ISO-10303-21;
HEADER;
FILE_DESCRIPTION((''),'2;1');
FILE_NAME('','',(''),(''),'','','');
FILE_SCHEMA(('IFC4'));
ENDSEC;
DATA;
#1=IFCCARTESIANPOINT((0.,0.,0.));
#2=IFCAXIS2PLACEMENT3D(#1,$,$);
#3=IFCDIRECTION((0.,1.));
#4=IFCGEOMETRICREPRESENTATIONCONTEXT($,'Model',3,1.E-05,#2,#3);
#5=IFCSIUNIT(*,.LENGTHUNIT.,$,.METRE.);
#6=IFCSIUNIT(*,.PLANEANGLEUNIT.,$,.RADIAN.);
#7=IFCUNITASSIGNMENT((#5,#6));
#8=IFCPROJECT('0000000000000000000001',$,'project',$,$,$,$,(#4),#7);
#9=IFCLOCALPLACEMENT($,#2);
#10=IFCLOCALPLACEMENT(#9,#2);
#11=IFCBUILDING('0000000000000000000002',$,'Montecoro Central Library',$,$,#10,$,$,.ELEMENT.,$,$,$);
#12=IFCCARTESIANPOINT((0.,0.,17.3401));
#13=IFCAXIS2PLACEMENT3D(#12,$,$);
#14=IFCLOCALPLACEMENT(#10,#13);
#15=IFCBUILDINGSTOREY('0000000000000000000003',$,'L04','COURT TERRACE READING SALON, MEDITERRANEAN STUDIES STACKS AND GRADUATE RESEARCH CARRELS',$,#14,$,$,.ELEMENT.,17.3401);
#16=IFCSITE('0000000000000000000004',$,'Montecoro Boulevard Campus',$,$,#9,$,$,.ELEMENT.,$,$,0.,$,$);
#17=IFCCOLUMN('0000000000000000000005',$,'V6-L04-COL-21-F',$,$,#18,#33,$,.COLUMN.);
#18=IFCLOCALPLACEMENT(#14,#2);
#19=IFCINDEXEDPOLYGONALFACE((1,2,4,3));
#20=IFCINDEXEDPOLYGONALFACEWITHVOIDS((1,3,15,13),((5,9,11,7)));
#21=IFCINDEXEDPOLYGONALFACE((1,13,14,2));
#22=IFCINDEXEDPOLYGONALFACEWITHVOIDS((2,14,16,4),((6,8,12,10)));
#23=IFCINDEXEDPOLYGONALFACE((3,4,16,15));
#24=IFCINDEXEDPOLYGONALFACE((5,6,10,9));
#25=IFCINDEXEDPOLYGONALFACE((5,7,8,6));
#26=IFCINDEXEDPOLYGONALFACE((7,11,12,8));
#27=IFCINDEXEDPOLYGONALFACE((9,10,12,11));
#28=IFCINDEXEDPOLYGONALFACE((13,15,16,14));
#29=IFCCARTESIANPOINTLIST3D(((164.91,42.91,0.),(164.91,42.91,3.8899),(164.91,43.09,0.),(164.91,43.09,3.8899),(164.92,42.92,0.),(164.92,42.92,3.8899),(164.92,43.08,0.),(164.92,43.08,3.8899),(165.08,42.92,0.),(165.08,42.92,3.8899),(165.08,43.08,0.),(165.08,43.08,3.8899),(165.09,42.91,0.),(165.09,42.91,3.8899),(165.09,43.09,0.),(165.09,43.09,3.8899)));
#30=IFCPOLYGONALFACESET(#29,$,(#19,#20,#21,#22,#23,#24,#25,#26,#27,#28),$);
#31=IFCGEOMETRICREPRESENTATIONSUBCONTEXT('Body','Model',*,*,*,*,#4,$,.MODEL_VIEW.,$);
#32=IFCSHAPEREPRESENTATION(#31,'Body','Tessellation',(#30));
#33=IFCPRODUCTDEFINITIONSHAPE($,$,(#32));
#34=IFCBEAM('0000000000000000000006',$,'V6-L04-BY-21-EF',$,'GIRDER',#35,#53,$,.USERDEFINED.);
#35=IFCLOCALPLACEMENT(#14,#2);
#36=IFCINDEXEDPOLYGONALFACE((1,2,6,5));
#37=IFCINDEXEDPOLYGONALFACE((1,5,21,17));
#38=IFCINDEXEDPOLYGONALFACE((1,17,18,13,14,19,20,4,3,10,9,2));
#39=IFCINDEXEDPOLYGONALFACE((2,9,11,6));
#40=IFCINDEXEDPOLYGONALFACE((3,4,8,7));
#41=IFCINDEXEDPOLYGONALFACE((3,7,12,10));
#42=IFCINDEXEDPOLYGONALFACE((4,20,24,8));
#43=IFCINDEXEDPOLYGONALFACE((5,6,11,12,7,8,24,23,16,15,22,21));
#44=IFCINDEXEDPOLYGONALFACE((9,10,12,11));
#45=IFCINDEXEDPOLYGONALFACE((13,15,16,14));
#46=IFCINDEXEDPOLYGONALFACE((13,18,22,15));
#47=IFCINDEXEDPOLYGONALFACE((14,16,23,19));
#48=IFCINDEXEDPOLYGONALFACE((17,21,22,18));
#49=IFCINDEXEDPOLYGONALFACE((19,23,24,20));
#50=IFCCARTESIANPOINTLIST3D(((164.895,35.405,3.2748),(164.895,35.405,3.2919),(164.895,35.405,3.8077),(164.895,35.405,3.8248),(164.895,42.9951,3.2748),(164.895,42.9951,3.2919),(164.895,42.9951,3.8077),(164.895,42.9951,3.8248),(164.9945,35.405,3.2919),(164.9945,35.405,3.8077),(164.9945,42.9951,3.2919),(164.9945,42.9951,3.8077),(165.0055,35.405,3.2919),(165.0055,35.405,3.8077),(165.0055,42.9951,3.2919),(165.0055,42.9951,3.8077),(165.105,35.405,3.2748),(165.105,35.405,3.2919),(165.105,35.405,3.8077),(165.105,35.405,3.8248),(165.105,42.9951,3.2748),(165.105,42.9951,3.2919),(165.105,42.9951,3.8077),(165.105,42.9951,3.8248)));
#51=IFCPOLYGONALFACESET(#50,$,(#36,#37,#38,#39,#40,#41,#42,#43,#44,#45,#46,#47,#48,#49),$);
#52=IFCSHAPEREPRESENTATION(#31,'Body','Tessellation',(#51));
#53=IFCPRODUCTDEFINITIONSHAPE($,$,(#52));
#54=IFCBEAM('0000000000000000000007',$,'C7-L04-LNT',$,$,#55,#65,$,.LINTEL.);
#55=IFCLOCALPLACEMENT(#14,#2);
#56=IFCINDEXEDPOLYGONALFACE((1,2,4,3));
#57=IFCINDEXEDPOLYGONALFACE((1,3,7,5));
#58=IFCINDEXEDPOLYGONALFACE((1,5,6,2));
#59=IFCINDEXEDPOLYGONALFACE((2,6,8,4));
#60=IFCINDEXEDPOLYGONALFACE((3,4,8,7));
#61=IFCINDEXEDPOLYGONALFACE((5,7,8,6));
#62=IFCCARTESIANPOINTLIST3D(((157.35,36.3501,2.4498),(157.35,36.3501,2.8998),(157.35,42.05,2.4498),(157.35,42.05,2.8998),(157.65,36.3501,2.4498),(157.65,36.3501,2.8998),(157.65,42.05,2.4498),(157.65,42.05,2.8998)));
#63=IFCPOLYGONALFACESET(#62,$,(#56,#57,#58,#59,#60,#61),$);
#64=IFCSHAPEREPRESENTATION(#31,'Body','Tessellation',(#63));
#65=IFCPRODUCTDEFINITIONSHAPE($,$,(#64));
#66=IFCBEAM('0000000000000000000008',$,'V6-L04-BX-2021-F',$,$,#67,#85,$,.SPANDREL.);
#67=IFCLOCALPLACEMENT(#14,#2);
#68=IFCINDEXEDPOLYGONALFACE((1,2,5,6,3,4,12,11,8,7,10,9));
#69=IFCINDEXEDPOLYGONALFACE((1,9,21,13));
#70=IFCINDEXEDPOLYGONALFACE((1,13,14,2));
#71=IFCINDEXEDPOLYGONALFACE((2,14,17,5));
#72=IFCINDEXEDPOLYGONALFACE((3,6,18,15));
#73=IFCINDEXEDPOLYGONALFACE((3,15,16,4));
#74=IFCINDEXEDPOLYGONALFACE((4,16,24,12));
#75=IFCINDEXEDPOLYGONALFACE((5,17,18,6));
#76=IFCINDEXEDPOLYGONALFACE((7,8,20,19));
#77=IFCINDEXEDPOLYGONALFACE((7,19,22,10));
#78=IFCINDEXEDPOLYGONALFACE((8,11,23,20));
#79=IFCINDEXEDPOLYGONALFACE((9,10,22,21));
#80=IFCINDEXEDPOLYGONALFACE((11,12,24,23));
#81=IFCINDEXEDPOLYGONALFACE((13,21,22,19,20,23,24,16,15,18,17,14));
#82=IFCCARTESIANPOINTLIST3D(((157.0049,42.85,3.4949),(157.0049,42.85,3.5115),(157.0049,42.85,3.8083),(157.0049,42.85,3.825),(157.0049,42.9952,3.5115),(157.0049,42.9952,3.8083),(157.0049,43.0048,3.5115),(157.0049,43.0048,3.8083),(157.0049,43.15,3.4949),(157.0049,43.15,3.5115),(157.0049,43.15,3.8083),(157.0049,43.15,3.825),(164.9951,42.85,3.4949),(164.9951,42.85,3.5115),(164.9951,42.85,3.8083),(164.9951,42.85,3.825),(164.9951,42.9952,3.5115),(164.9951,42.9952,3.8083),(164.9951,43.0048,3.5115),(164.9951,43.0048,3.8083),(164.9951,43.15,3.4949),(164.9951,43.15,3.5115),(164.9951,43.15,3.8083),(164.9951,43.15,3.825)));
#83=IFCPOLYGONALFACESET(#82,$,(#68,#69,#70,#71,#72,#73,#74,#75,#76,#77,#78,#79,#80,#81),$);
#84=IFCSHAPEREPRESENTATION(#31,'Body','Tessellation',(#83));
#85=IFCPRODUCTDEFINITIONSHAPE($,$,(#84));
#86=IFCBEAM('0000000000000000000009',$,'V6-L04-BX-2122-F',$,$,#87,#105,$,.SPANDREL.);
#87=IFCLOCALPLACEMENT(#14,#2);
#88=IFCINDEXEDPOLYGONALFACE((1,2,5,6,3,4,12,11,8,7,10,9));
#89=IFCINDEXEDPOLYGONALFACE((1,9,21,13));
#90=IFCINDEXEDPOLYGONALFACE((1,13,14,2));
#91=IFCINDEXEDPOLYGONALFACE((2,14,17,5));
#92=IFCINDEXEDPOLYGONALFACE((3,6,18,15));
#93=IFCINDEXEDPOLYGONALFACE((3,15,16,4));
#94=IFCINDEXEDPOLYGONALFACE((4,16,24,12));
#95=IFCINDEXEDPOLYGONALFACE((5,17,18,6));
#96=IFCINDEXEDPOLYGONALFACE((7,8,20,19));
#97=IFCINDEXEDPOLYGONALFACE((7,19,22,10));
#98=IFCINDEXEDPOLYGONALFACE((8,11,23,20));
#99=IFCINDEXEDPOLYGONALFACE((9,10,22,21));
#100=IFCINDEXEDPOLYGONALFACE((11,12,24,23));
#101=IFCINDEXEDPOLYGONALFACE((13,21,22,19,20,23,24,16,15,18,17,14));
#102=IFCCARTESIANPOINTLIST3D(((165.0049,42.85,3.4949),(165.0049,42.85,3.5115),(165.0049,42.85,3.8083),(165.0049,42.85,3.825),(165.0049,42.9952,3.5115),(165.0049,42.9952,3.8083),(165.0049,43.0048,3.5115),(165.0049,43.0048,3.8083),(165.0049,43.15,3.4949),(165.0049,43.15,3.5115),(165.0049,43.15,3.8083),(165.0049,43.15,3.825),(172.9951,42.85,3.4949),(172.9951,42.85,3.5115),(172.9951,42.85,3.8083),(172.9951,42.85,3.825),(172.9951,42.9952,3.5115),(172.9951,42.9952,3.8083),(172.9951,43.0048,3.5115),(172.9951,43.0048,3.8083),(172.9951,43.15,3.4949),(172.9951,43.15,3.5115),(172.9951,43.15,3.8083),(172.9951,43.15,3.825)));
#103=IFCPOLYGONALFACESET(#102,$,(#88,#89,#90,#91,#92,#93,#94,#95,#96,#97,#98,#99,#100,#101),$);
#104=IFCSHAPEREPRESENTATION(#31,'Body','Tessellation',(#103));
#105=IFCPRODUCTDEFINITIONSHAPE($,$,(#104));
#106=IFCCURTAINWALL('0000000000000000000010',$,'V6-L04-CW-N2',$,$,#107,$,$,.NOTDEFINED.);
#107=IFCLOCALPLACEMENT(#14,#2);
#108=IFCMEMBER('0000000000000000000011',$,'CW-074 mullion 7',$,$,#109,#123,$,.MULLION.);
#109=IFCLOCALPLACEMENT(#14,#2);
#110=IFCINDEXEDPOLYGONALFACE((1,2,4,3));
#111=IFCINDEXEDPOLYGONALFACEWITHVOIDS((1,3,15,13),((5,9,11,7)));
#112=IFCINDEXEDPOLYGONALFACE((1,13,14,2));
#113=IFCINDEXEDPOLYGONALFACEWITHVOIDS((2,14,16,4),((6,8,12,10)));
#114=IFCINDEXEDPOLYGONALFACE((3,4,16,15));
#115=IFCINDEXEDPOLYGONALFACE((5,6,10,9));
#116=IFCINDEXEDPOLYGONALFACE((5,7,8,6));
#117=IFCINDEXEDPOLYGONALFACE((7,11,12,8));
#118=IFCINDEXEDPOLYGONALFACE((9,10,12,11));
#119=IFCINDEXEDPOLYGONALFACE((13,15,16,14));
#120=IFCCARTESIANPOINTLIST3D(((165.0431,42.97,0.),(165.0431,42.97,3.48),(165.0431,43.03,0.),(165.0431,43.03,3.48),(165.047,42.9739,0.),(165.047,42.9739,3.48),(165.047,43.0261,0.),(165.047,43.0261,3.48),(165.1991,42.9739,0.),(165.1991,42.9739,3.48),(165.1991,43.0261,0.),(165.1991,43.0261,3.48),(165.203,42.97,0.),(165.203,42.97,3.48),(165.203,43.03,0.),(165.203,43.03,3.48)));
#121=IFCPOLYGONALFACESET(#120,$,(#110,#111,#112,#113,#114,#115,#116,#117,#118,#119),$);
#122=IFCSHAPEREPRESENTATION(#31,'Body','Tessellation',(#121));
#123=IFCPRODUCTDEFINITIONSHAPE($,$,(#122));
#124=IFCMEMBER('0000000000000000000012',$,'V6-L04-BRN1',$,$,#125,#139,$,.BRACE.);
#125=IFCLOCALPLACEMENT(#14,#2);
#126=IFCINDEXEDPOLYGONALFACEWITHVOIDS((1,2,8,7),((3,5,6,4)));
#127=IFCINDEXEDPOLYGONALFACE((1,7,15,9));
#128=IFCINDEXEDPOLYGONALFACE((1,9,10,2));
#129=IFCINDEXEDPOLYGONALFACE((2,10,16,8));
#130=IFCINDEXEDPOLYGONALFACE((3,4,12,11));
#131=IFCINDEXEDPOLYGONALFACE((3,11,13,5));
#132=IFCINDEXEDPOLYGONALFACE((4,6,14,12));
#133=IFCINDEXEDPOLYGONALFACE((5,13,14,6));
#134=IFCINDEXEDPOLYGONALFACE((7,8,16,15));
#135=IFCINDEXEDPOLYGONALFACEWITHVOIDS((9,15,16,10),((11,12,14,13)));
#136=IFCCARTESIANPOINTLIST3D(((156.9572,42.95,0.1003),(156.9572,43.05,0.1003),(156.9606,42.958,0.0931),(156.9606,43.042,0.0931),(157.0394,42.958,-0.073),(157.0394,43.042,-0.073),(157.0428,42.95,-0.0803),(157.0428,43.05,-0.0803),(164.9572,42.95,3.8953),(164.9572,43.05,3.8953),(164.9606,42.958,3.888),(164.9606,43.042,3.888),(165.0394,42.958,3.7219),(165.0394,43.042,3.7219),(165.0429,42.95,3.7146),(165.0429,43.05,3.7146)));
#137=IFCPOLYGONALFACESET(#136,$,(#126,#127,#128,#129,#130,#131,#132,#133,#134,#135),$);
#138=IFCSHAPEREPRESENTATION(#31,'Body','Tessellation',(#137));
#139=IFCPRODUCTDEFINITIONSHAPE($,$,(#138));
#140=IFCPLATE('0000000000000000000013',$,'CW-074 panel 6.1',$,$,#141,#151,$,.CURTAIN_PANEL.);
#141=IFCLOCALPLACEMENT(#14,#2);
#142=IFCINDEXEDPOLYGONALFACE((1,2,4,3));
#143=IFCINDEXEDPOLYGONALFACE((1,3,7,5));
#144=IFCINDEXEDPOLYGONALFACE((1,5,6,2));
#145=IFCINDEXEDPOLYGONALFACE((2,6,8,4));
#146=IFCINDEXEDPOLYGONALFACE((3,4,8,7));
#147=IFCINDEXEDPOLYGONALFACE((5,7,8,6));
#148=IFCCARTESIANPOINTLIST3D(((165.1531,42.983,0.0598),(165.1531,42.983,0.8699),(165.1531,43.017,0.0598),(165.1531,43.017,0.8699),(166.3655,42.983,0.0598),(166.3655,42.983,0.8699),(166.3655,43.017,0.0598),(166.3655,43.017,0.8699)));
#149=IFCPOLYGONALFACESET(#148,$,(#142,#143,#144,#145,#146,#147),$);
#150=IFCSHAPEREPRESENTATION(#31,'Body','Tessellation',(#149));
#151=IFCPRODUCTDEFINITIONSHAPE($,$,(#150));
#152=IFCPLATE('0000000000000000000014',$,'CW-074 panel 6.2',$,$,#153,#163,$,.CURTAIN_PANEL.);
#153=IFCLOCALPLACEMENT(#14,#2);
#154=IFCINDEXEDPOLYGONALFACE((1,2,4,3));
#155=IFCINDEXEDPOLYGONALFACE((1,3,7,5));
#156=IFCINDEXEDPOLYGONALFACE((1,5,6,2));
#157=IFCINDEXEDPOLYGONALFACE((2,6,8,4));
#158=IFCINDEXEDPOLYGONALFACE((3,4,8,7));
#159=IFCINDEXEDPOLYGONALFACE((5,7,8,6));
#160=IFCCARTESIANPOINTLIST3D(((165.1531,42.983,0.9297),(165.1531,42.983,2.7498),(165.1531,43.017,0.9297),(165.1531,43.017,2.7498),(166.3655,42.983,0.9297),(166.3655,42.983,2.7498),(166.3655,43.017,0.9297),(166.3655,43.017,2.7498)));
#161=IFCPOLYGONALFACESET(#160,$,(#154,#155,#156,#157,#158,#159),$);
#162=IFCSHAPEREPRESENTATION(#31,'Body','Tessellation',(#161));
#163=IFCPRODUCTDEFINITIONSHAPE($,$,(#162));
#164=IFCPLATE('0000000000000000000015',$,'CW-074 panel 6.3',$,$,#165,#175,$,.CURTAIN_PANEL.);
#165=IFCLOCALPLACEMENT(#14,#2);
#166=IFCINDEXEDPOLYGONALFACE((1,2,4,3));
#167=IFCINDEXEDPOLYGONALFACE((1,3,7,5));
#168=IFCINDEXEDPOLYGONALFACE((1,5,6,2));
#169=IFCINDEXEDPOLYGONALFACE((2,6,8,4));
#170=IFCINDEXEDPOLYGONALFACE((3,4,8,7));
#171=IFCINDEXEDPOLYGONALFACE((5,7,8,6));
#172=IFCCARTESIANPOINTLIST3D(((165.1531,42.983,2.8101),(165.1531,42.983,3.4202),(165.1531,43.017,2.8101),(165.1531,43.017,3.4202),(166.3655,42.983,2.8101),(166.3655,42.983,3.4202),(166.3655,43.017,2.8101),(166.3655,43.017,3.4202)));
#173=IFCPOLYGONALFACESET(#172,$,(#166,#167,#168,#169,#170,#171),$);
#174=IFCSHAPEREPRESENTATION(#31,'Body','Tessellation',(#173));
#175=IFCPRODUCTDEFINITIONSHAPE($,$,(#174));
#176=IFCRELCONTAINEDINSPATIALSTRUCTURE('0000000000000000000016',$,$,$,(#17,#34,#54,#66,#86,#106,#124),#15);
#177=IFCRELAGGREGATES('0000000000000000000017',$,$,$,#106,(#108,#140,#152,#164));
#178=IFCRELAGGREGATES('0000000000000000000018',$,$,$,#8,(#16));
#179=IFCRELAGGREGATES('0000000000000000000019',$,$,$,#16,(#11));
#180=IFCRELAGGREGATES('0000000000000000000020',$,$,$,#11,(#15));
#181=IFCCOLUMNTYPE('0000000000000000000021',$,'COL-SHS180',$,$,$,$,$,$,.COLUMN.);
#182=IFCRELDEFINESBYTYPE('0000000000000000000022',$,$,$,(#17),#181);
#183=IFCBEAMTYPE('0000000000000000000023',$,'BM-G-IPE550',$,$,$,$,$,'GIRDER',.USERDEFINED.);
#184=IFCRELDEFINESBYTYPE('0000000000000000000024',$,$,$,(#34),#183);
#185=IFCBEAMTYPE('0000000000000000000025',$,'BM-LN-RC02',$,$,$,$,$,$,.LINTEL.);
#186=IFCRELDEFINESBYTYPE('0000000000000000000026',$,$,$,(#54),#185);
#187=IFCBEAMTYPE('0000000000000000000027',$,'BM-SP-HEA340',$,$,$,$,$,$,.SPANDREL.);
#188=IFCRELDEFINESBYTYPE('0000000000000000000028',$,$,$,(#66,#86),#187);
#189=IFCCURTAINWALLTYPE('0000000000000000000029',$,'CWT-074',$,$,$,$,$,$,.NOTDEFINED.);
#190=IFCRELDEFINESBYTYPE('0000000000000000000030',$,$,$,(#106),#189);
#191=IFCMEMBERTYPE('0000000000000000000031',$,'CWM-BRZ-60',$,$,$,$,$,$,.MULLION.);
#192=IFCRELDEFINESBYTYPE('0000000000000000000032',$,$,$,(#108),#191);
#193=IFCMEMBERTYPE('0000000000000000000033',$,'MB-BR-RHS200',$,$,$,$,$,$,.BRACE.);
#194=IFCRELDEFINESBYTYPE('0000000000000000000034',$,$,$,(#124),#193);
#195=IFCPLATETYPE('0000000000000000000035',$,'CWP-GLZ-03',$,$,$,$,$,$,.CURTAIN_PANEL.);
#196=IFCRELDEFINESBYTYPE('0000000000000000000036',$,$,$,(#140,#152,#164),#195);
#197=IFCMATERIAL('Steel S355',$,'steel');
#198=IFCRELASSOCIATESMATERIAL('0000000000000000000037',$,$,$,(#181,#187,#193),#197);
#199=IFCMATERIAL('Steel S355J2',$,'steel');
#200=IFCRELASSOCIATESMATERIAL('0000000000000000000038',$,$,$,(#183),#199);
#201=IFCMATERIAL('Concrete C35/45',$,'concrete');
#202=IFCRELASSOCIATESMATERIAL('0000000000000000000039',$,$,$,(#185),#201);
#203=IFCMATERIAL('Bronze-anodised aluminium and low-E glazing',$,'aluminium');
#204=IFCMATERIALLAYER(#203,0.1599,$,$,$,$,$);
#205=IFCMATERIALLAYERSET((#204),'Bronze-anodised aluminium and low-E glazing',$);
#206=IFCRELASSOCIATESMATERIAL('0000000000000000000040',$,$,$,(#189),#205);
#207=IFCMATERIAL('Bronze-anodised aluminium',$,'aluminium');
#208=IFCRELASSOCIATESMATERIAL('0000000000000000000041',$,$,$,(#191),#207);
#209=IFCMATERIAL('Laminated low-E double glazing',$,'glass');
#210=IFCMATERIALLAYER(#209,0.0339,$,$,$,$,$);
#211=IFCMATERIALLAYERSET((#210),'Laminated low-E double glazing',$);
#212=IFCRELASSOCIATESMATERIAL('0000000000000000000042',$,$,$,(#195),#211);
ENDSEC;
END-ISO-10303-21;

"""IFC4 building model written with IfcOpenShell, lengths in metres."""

from ifc_helpers import new_model, si_unit, direction, frame, origin, origin_2d, place, context, subcontext, project, spatial, rectangle, hollow_rectangle, i_section, extrude, material, layer, layer_set, material_profile, profile_set, type_object, element, aggregate, save


model = new_model("IFC4")

# Units and contexts
model_context = context("Model", 3, precision=1e-05, world=origin(), true_north=direction((0.0, 1.0)))
body_context = subcontext(model_context, "Body", "Model", "MODEL_VIEW")
ifc_project = project(units=[si_unit("LENGTHUNIT", "METRE"), si_unit("PLANEANGLEUNIT", "RADIAN")], contexts=[model_context])

# Site, building, storey
site_placement = place(None, origin())
site = spatial("IfcSite", under=ifc_project, at=site_placement, Name="Montecoro Boulevard Campus", CompositionType="ELEMENT", RefElevation=0.0)
building_placement = place(site_placement, origin())
building = spatial("IfcBuilding", under=site, at=building_placement, Name="Montecoro Central Library", CompositionType="ELEMENT")
storey_placement = place(building_placement, frame((0.0, 0.0, 17.3401)))
storey = spatial("IfcBuildingStorey", under=building, at=storey_placement, Name="L04", Description="COURT TERRACE READING SALON, MEDITERRANEAN STUDIES STACKS AND GRADUATE RESEARCH CARRELS", CompositionType="ELEMENT", Elevation=17.3401)

# Column
ifc_material_1 = material(Name="Steel S355", Category="steel")
ifc_material_profile_1 = material_profile(ifc_material_1, hollow_rectangle(XDim=0.1799, YDim=0.1799, WallThickness=0.01, at=origin_2d()), Name="SHS 180x180x10.0")
ifc_profile_set_1 = profile_set([ifc_material_profile_1], Name="Steel S355")
column_type = type_object("IfcColumnType", Name="COL-SHS180", PredefinedType="COLUMN", material=ifc_profile_set_1)
column_placement = place(storey_placement, frame((165.0, 43.0, 0.0), z_axis=(0.0, 0.0, 1.0), x_axis=(1.0, 0.0, 0.0)))
element("IfcColumn", 1, at=column_placement, inside=storey, type_object=column_type, Name="V6-L04-COL-21-F", PredefinedType="COLUMN", context=body_context, shape_type="SweptSolid", body=[
    extrude(hollow_rectangle(XDim=0.1799, YDim=0.1799, WallThickness=0.01, at=origin_2d()), origin(), (0.0, 0.0, 1.0), 3.8899),
])

# Beams
ifc_material_2 = material(Name="Steel S355J2", Category="steel")
ifc_material_profile_2 = material_profile(ifc_material_2, i_section(OverallWidth=0.21, OverallDepth=0.55, WebThickness=0.011, FlangeThickness=0.0171, at=origin_2d()), Name="IPE 550")
ifc_profile_set_2 = profile_set([ifc_material_profile_2], Name="Steel S355J2")
beam_type_1 = type_object("IfcBeamType", Name="BM-G-IPE550", ElementType="GIRDER", PredefinedType="USERDEFINED", material=ifc_profile_set_2)
beam_1_placement = place(storey_placement, frame((165.0, 35.405, 3.5498), z_axis=(0.0, 1.0, 0.0), x_axis=(-1.0, 0.0, 0.0)))
element("IfcBeam", 2, at=beam_1_placement, inside=storey, type_object=beam_type_1, Name="V6-L04-BY-21-EF", ObjectType="GIRDER", PredefinedType="USERDEFINED", context=body_context, shape_type="SweptSolid", body=[
    extrude(i_section(OverallWidth=0.21, OverallDepth=0.55, WebThickness=0.011, FlangeThickness=0.0171, at=origin_2d()), origin(), (0.0, 0.0, 1.0), 7.5901),
])
ifc_material_3 = material(Name="Concrete C35/45", Category="concrete")
ifc_material_profile_3 = material_profile(ifc_material_3, rectangle(XDim=0.3, YDim=0.45, at=origin_2d()), Name="RC LNT 450x300")
ifc_profile_set_3 = profile_set([ifc_material_profile_3], Name="Concrete C35/45")
beam_type_2 = type_object("IfcBeamType", Name="BM-LN-RC02", PredefinedType="LINTEL", material=ifc_profile_set_3)
beam_2_placement = place(storey_placement, frame((157.5, 36.3501, 2.6748), z_axis=(0.0, 1.0, 0.0), x_axis=(-1.0, 0.0, 0.0)))
element("IfcBeam", 3, at=beam_2_placement, inside=storey, type_object=beam_type_2, Name="C7-L04-LNT", PredefinedType="LINTEL", context=body_context, shape_type="SweptSolid", body=[
    extrude(rectangle(XDim=0.3, YDim=0.45, at=origin_2d()), origin(), (0.0, 0.0, 1.0), 5.7),
])
ifc_material_profile_4 = material_profile(ifc_material_1, i_section(OverallWidth=0.3, OverallDepth=0.3301, WebThickness=0.0095, FlangeThickness=0.0166, at=origin_2d()), Name="HEA 340")
ifc_profile_set_4 = profile_set([ifc_material_profile_4], Name="Steel S355")
beam_type_3 = type_object("IfcBeamType", Name="BM-SP-HEA340", PredefinedType="SPANDREL", material=ifc_profile_set_4)
for number, where, z_axis, x_axis, name in (
    (4, (157.0049, 43.0, 3.6599), (1.0, 0.0, 0.0), (0.0, 1.0, 0.0), "V6-L04-BX-2021-F"),
    (5, (165.0049, 43.0, 3.6599), (1.0, 0.0, 0.0), (0.0, 1.0, 0.0), "V6-L04-BX-2122-F"),
):
    element("IfcBeam", number, at=place(storey_placement, frame(where, z_axis=z_axis, x_axis=x_axis)), inside=storey, type_object=beam_type_3, Name=name, PredefinedType="SPANDREL", context=body_context, shape_type="SweptSolid", body=[
        extrude(i_section(OverallWidth=0.3, OverallDepth=0.3301, WebThickness=0.0095, FlangeThickness=0.0166, at=origin_2d()), origin(), (0.0, 0.0, 1.0), 7.9902),
    ])

# Curtain wall, member
ifc_material_4 = material(Name="Bronze-anodised aluminium and low-E glazing", Category="aluminium")
ifc_layer_1 = layer(ifc_material_4, 0.1599)
ifc_layer_set_1 = layer_set([ifc_layer_1], Name="Bronze-anodised aluminium and low-E glazing")
curtain_wall_type = type_object("IfcCurtainWallType", Name="CWT-074", PredefinedType="NOTDEFINED", material=ifc_layer_set_1)
curtain_wall_placement = place(storey_placement, origin())
curtain_wall = element("IfcCurtainWall", 6, at=curtain_wall_placement, inside=storey, type_object=curtain_wall_type, Name="V6-L04-CW-N2", PredefinedType="NOTDEFINED")
ifc_material_5 = material(Name="Bronze-anodised aluminium", Category="aluminium")
ifc_material_profile_5 = material_profile(ifc_material_5, hollow_rectangle(XDim=0.0601, YDim=0.1599, WallThickness=0.0039, at=origin_2d()), Name="CWM 160x60x4.0")
ifc_profile_set_5 = profile_set([ifc_material_profile_5], Name="Bronze-anodised aluminium")
member_type_1 = type_object("IfcMemberType", Name="CWM-BRZ-60", PredefinedType="MULLION", material=ifc_profile_set_5)
member_1_placement = place(storey_placement, frame((165.123, 43.0, 0.0), z_axis=(0.0, 0.0, 1.0), x_axis=(0.0, -1.0, 0.0)))
member_1 = element("IfcMember", 7, at=member_1_placement, type_object=member_type_1, Name="CW-074 mullion 7", PredefinedType="MULLION", context=body_context, shape_type="SweptSolid", body=[
    extrude(hollow_rectangle(XDim=0.0601, YDim=0.1599, WallThickness=0.0039, at=origin_2d()), origin(), (0.0, 0.0, 1.0), 3.48),
])

# Member
ifc_material_profile_6 = material_profile(ifc_material_1, hollow_rectangle(XDim=0.1001, YDim=0.2, WallThickness=0.0081, at=origin_2d()), Name="RHS 200x100x8.0")
ifc_profile_set_6 = profile_set([ifc_material_profile_6], Name="Steel S355")
member_type_2 = type_object("IfcMemberType", Name="MB-BR-RHS200", PredefinedType="BRACE", material=ifc_profile_set_6)
member_2_placement = place(storey_placement, frame((157.0, 43.0, 0.01), z_axis=(0.9035, 0.0, 0.428589), x_axis=(0.0, 1.0, 0.0)))
element("IfcMember", 8, at=member_2_placement, inside=storey, type_object=member_type_2, Name="V6-L04-BRN1", PredefinedType="BRACE", context=body_context, shape_type="SweptSolid", body=[
    extrude(hollow_rectangle(XDim=0.1001, YDim=0.2, WallThickness=0.0081, at=origin_2d()), origin(), (0.0, 0.0, 1.0), 8.8545),
])

# Plates
ifc_material_6 = material(Name="Laminated low-E double glazing", Category="glass")
ifc_layer_2 = layer(ifc_material_6, 0.0339)
ifc_layer_set_2 = layer_set([ifc_layer_2], Name="Laminated low-E double glazing")
plate_type_1 = type_object("IfcPlateType", Name="CWP-GLZ-03", PredefinedType="CURTAIN_PANEL", material=ifc_layer_set_2)
plate_1_placement = place(storey_placement, frame((165.7593, 43.0, 0.0598), z_axis=(0.0, 0.0, 1.0), x_axis=(-1.0, 0.0, 0.0)))
plate_1 = element("IfcPlate", 9, at=plate_1_placement, type_object=plate_type_1, Name="CW-074 panel 6.1", PredefinedType="CURTAIN_PANEL", context=body_context, shape_type="SweptSolid", body=[
    extrude(rectangle(XDim=1.2124, YDim=0.0339, at=origin_2d()), origin(), (0.0, 0.0, 1.0), 0.8101),
])
plate_2_placement = place(storey_placement, frame((165.7593, 43.0, 0.9297), z_axis=(0.0, 0.0, 1.0), x_axis=(-1.0, 0.0, 0.0)))
plate_2 = element("IfcPlate", 10, at=plate_2_placement, type_object=plate_type_1, Name="CW-074 panel 6.2", PredefinedType="CURTAIN_PANEL", context=body_context, shape_type="SweptSolid", body=[
    extrude(rectangle(XDim=1.2124, YDim=0.0339, at=origin_2d()), origin(), (0.0, 0.0, 1.0), 1.8201),
])
plate_3_placement = place(storey_placement, frame((165.7593, 43.0, 2.8101), z_axis=(0.0, 0.0, 1.0), x_axis=(-1.0, 0.0, 0.0)))
plate_3 = element("IfcPlate", 11, at=plate_3_placement, type_object=plate_type_1, Name="CW-074 panel 6.3", PredefinedType="CURTAIN_PANEL", context=body_context, shape_type="SweptSolid", body=[
    extrude(rectangle(XDim=1.2124, YDim=0.0339, at=origin_2d()), origin(), (0.0, 0.0, 1.0), 0.6101),
])
aggregate(curtain_wall, [member_1, plate_1, plate_2, plate_3])

save(model, "model.ifc")
